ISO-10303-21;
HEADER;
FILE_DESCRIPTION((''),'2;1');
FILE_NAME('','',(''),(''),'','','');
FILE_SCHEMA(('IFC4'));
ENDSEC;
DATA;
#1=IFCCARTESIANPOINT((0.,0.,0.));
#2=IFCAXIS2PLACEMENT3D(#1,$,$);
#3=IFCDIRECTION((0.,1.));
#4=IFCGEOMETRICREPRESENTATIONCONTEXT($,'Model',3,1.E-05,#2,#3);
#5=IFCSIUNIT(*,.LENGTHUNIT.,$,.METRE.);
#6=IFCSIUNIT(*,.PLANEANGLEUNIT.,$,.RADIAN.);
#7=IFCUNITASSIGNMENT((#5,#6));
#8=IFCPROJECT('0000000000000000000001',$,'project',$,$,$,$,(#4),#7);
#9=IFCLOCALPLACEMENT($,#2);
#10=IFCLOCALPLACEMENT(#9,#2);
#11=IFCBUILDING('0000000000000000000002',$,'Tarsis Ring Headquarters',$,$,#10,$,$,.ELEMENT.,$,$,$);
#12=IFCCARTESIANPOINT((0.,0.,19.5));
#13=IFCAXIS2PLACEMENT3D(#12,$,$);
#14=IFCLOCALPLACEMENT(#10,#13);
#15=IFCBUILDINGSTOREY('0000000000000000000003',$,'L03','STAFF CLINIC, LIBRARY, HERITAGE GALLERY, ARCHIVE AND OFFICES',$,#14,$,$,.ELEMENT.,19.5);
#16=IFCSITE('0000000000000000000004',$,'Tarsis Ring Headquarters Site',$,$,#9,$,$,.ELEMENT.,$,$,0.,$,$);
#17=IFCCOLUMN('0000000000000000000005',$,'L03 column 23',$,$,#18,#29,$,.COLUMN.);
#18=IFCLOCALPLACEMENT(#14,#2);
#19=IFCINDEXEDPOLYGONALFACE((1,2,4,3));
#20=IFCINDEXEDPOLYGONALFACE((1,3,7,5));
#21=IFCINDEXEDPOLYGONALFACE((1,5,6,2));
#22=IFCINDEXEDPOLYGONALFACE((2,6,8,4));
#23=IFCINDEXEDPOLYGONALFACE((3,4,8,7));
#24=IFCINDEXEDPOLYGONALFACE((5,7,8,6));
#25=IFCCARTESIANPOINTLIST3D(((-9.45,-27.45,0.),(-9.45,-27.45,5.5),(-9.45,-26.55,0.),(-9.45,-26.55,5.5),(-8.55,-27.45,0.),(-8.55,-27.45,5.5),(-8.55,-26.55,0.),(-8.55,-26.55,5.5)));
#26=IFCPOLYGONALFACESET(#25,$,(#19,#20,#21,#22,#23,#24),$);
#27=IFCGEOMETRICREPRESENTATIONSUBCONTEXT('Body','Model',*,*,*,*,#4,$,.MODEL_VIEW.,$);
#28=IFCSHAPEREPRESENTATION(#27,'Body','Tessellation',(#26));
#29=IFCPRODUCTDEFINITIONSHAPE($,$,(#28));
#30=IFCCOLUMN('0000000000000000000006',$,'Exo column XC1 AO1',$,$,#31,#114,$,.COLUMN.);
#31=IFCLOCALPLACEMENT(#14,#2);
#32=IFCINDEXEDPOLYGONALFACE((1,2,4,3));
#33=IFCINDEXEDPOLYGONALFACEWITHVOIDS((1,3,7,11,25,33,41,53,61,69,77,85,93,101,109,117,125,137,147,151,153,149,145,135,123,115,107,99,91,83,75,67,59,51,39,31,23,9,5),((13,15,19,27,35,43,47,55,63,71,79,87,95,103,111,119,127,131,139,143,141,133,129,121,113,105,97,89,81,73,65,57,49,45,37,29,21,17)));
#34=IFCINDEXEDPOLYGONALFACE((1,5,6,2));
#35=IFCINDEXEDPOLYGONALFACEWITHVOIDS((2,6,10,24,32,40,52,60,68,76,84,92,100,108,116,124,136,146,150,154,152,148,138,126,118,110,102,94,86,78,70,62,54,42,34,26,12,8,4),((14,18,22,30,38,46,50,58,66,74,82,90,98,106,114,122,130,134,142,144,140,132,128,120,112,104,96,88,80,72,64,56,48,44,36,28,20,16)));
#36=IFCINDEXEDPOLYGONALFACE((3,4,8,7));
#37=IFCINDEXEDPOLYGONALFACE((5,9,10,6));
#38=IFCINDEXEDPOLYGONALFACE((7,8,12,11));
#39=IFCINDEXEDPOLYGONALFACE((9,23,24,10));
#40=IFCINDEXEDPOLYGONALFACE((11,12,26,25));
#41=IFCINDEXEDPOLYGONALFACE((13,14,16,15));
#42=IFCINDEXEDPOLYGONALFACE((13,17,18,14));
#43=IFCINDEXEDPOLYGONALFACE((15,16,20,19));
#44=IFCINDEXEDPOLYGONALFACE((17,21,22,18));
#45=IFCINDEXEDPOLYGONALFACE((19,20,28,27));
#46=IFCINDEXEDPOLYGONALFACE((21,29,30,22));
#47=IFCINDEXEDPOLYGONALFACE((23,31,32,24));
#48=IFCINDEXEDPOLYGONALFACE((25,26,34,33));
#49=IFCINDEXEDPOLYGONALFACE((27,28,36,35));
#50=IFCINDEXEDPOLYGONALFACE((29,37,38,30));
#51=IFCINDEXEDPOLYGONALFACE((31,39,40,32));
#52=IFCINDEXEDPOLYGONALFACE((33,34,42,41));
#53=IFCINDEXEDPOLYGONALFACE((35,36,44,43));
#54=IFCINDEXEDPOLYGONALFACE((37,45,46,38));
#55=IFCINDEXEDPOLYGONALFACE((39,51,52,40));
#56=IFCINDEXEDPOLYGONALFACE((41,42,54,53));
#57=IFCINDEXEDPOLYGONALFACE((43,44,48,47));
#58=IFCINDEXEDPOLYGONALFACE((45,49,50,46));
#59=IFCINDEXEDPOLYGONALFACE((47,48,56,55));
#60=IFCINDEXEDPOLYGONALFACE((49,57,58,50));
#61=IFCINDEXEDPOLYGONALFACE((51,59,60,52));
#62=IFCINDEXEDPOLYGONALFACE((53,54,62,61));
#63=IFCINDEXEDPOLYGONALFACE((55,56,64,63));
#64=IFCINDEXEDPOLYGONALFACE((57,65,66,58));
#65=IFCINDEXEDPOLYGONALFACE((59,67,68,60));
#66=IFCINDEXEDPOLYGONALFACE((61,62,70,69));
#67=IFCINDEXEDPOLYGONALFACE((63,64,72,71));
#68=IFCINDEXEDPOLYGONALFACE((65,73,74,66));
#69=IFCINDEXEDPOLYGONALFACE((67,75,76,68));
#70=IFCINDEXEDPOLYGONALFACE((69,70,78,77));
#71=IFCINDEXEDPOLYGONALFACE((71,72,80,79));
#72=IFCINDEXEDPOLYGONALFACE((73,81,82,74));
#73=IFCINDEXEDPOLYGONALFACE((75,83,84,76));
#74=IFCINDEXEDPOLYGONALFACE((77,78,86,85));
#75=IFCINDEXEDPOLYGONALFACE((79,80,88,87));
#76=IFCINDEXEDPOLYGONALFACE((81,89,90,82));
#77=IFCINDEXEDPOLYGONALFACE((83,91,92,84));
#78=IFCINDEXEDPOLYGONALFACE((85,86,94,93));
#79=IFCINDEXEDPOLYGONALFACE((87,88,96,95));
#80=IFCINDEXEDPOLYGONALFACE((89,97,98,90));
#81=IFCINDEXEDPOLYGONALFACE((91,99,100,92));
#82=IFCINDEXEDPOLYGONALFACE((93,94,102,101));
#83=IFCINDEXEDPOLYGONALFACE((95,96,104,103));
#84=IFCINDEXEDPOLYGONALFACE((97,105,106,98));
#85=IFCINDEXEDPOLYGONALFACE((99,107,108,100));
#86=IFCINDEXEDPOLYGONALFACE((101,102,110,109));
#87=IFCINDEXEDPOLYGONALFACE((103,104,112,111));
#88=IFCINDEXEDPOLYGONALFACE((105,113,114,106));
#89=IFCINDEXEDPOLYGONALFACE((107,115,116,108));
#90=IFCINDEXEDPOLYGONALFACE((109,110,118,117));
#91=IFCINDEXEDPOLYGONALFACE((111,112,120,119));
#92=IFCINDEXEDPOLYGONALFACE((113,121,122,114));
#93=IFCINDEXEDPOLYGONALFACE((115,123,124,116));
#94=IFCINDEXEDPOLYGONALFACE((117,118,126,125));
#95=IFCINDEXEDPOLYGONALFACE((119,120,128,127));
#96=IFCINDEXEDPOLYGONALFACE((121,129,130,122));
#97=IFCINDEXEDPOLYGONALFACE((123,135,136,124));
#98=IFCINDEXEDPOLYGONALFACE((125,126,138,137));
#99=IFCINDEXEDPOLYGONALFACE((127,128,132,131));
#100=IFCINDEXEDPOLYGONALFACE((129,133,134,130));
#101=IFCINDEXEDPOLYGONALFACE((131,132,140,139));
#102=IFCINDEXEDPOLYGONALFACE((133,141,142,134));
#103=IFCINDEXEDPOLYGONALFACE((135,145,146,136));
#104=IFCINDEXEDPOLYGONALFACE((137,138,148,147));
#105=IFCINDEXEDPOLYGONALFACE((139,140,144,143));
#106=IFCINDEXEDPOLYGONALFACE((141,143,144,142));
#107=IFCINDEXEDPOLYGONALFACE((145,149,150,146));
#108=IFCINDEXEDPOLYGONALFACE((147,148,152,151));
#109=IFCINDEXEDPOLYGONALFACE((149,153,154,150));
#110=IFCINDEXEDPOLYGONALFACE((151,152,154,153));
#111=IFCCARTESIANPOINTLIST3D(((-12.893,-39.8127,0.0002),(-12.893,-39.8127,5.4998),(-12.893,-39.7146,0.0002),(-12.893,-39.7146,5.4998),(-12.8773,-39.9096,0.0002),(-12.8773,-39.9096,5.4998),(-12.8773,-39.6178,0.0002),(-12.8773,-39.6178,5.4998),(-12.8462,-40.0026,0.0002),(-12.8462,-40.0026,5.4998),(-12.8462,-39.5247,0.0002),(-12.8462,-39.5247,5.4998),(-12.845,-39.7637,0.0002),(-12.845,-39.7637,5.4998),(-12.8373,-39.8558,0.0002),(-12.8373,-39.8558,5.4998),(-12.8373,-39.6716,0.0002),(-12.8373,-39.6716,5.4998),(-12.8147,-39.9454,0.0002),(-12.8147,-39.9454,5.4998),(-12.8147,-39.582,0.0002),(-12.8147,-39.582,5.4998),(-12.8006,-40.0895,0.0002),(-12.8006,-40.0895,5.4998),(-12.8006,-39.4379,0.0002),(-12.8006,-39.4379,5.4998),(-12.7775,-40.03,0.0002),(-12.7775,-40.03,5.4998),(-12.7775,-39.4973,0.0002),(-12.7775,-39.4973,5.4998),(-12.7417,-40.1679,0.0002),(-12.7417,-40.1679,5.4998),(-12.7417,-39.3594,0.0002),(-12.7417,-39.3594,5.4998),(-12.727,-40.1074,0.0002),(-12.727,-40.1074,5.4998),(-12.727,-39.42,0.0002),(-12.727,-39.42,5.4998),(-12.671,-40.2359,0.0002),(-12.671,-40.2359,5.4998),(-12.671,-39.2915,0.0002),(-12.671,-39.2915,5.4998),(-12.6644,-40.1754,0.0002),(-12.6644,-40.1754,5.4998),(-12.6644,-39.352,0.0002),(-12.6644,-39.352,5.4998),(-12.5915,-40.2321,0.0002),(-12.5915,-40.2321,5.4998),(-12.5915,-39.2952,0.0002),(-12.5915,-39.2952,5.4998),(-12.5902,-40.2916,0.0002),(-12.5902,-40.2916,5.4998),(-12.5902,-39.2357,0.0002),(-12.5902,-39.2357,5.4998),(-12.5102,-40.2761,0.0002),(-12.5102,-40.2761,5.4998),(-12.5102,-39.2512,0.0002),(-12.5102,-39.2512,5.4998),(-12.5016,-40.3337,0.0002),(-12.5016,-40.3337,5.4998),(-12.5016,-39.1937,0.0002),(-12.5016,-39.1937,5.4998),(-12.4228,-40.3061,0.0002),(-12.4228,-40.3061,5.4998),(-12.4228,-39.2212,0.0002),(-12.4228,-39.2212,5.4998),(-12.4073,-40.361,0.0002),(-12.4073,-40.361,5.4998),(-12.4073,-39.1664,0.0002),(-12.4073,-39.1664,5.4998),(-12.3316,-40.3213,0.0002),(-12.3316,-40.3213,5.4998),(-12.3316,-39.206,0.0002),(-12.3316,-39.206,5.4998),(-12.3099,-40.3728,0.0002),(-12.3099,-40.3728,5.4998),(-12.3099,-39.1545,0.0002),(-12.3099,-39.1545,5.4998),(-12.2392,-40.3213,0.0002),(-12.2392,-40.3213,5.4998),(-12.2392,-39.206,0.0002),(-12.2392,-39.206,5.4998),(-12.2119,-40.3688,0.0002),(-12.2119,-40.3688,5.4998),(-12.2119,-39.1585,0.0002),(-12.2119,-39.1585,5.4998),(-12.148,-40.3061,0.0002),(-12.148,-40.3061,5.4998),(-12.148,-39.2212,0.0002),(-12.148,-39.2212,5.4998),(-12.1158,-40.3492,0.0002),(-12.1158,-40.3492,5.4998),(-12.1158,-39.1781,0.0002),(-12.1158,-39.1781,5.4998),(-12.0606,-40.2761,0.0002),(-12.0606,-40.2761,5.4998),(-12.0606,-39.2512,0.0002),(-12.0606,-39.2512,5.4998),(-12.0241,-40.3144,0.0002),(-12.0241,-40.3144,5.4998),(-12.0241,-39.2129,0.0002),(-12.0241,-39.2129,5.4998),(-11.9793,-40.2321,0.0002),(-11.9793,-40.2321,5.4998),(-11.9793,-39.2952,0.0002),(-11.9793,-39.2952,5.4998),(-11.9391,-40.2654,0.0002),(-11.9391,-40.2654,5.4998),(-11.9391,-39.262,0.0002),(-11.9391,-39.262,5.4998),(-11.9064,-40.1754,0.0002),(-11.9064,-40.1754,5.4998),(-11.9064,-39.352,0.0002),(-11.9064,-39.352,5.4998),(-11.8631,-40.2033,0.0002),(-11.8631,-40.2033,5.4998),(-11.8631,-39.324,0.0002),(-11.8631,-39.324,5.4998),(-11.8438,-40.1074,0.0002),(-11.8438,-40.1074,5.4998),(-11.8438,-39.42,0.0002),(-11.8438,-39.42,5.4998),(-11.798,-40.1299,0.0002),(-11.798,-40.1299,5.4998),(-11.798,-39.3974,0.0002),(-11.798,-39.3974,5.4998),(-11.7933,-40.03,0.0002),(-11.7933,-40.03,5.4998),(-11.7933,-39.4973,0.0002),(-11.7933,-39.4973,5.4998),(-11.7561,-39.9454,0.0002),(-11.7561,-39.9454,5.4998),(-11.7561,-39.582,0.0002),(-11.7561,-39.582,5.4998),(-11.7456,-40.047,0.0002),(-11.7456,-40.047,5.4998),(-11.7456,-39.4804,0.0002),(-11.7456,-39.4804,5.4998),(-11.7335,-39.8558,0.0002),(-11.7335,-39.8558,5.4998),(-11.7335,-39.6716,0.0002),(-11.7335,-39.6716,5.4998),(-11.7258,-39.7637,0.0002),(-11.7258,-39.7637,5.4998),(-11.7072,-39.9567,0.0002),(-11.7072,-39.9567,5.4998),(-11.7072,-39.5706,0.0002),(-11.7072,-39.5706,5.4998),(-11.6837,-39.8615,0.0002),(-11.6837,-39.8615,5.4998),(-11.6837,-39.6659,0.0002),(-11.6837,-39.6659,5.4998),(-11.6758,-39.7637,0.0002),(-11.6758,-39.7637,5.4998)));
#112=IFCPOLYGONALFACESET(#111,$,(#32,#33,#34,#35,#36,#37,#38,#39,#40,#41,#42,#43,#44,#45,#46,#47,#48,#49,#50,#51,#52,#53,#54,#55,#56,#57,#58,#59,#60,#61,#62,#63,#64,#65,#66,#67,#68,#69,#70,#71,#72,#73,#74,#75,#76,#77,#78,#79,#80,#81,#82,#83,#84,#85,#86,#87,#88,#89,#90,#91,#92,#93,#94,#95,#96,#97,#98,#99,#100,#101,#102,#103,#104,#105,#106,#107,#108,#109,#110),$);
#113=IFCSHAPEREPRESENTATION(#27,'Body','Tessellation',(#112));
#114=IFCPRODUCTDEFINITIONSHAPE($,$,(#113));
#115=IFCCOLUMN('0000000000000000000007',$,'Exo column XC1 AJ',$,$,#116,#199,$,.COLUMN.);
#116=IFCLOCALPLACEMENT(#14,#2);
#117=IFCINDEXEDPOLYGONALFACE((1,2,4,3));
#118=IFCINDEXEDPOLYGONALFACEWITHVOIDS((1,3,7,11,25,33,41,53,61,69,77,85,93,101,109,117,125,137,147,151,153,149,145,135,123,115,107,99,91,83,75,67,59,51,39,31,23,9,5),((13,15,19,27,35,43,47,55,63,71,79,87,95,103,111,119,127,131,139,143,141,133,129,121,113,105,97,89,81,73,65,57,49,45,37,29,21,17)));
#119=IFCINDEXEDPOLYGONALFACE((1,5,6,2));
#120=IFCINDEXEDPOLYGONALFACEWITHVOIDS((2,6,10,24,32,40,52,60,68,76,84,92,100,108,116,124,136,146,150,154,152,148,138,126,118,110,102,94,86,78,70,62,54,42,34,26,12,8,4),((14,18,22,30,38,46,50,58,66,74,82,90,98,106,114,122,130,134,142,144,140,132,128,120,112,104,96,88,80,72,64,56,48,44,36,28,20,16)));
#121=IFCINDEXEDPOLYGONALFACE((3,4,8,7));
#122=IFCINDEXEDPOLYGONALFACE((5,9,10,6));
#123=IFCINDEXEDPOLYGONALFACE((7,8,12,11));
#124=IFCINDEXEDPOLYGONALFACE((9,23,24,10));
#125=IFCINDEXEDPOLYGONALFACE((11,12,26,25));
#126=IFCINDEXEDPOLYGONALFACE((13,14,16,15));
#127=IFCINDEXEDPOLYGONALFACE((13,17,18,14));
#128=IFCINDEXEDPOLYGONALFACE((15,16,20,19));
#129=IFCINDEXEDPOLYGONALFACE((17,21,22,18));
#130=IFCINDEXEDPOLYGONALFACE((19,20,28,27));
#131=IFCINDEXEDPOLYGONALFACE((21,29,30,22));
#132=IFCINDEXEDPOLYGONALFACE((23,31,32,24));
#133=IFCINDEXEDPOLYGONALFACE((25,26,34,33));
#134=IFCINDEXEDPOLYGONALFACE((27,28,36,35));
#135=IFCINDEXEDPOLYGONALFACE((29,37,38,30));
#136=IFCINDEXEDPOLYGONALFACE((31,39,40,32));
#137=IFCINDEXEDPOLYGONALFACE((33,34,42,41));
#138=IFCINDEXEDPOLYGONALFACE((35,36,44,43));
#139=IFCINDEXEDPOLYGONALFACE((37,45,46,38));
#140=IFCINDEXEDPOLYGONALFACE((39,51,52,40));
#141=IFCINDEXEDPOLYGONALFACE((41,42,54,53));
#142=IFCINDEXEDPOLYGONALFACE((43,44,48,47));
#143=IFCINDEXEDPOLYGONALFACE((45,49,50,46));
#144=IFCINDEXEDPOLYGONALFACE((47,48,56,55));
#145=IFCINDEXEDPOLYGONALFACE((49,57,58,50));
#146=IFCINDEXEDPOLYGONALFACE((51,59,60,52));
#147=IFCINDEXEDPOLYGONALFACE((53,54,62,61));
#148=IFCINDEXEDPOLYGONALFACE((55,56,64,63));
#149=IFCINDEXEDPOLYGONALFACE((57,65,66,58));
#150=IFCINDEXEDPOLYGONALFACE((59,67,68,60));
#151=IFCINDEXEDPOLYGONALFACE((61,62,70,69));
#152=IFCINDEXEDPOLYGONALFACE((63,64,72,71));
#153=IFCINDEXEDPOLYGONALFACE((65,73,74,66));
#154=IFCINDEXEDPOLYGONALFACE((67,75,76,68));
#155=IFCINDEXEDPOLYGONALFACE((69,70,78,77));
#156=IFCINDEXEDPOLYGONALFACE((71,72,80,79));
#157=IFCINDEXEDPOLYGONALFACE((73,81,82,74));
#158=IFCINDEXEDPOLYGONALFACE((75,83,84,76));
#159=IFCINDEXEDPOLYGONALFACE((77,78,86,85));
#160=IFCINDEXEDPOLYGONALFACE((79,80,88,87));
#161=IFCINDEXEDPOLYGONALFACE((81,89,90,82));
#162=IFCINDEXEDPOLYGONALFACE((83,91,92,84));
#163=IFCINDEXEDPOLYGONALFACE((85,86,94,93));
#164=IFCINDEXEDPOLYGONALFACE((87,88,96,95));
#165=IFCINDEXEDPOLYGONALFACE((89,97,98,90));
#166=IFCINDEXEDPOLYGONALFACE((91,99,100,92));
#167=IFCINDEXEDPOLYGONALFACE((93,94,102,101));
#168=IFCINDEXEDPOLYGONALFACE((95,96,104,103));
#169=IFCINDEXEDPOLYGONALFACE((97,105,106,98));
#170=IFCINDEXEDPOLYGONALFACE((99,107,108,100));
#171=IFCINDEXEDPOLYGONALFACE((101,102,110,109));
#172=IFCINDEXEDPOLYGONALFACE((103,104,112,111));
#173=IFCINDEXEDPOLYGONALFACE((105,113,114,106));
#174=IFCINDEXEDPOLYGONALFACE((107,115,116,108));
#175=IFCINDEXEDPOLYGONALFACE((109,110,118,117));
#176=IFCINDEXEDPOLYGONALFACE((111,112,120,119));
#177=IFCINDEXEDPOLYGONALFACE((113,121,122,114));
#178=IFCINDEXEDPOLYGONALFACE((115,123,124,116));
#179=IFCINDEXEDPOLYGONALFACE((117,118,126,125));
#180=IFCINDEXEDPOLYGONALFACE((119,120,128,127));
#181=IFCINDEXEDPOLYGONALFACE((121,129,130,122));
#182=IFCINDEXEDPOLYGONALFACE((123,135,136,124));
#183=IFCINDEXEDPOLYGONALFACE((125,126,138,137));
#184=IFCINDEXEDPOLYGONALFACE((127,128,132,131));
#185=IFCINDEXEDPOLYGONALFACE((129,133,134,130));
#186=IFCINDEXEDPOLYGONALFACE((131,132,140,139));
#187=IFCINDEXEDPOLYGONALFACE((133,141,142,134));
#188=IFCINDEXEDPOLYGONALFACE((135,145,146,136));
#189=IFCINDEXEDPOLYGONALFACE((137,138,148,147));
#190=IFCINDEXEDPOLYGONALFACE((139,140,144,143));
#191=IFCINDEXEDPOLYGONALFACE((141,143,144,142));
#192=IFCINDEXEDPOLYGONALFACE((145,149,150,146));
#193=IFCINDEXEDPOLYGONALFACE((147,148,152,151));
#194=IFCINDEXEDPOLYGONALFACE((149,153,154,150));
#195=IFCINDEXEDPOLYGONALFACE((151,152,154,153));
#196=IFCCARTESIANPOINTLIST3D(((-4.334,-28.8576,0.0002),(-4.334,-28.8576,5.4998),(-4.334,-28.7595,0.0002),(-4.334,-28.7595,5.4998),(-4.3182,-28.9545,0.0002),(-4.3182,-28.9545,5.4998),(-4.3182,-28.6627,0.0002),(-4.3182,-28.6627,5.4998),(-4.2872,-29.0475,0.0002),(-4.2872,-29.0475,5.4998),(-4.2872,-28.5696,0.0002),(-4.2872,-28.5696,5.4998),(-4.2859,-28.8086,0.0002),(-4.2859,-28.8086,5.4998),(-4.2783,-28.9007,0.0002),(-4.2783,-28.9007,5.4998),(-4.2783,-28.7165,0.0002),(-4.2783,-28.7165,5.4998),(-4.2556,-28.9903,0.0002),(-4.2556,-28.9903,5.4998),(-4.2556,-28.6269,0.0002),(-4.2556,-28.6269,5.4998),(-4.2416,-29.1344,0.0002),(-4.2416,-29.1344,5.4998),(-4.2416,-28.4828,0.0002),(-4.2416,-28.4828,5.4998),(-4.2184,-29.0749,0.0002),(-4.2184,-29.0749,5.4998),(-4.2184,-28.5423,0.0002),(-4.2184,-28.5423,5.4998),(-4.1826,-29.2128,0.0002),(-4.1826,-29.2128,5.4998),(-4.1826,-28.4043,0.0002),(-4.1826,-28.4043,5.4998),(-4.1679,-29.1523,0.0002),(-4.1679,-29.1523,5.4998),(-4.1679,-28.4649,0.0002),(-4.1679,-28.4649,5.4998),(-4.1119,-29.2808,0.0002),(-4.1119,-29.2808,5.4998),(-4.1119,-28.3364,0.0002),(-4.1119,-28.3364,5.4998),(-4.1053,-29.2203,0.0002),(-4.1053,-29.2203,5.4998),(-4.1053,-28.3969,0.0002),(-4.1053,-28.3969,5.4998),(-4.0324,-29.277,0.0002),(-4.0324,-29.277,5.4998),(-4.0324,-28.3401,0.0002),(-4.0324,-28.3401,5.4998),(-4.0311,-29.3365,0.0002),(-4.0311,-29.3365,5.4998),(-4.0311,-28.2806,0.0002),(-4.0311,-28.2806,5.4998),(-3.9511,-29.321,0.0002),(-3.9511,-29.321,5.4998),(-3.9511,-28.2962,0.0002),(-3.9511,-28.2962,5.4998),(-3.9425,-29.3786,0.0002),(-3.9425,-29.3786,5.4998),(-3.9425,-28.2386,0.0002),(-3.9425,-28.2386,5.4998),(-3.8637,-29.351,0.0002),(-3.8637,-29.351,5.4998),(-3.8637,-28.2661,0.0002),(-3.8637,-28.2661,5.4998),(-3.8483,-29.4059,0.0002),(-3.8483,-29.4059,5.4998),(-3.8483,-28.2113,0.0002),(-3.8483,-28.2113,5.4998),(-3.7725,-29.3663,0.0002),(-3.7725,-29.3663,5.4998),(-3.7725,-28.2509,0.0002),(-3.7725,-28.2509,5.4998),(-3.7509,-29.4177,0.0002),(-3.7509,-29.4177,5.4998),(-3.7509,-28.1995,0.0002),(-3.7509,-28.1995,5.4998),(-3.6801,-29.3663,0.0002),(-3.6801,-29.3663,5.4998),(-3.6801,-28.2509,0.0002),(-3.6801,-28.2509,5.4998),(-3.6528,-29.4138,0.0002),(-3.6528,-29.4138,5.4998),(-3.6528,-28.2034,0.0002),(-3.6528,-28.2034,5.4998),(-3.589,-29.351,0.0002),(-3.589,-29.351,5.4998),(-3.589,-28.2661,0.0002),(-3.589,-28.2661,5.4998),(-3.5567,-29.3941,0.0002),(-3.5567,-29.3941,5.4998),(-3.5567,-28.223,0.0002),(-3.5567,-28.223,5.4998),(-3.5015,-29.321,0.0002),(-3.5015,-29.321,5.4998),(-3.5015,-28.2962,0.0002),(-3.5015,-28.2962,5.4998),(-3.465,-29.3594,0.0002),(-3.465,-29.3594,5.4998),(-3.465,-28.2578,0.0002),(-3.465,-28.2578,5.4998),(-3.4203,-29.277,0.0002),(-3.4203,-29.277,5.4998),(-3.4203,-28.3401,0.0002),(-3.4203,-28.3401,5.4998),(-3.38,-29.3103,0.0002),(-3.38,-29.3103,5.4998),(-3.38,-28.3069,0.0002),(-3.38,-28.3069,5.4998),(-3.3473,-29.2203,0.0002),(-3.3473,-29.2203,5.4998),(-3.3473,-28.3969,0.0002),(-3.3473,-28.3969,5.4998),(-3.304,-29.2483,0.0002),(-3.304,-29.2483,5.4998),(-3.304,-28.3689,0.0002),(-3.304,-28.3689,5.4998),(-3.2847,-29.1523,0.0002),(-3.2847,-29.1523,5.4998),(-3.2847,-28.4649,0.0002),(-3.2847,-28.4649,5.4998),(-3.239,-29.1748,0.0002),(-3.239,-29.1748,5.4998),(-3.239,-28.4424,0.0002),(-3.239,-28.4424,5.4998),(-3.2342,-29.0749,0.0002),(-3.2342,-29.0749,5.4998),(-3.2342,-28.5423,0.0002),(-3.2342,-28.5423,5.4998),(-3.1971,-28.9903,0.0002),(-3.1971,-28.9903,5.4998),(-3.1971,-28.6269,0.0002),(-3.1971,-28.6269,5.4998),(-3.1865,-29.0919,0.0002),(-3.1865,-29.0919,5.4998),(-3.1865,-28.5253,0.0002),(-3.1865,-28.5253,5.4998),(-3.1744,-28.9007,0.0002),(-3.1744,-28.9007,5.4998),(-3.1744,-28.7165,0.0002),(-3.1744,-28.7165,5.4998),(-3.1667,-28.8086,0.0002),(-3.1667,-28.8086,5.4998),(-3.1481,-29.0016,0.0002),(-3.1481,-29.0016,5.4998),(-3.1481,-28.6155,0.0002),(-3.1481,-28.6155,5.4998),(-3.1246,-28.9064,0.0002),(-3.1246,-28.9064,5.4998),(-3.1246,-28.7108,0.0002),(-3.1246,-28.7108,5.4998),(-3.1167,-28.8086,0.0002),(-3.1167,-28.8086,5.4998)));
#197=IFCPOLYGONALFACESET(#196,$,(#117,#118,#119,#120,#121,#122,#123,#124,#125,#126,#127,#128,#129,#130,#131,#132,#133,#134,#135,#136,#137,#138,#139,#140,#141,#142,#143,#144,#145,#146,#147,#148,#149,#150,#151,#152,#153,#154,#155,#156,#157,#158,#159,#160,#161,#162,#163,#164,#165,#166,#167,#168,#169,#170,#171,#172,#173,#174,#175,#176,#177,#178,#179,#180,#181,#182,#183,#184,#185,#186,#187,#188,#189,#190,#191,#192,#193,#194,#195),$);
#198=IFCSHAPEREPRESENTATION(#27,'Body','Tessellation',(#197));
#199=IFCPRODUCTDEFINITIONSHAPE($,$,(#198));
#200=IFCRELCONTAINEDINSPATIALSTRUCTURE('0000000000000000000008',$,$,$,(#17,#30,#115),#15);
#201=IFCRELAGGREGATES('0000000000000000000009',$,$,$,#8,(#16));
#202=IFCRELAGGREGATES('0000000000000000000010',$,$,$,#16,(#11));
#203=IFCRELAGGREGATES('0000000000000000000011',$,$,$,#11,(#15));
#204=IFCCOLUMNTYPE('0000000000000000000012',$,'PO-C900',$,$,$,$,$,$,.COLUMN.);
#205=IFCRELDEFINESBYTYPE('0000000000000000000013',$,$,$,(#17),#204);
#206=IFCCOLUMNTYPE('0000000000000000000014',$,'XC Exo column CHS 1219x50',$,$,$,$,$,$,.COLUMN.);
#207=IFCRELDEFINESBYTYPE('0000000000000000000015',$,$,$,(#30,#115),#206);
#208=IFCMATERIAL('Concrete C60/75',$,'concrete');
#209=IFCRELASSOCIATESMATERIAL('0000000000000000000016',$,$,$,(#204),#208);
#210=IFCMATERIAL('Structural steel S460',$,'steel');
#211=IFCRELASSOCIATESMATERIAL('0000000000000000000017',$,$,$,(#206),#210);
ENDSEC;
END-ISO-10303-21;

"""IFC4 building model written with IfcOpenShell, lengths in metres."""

from ifc_helpers import new_model, si_unit, direction, frame, origin, origin_2d, place, context, subcontext, project, spatial, rectangle, hollow_circle, extrude, material, material_profile, profile_set, type_object, element, save


model = new_model("IFC4")

# Units and contexts
model_context = context("Model", 3, precision=1e-05, world=origin(), true_north=direction((0.0, 1.0)))
body_context = subcontext(model_context, "Body", "Model", "MODEL_VIEW")
ifc_project = project(units=[si_unit("LENGTHUNIT", "METRE"), si_unit("PLANEANGLEUNIT", "RADIAN")], contexts=[model_context])

# Site, building, storey
site_placement = place(None, origin())
site = spatial("IfcSite", under=ifc_project, at=site_placement, Name="Tarsis Ring Headquarters Site", CompositionType="ELEMENT", RefElevation=0.0)
building_placement = place(site_placement, origin())
building = spatial("IfcBuilding", under=site, at=building_placement, Name="Tarsis Ring Headquarters", CompositionType="ELEMENT")
storey_placement = place(building_placement, frame((0.0, 0.0, 19.5)))
storey = spatial("IfcBuildingStorey", under=building, at=storey_placement, Name="L03", Description="STAFF CLINIC, LIBRARY, HERITAGE GALLERY, ARCHIVE AND OFFICES", CompositionType="ELEMENT", Elevation=19.5)

# Columns
ifc_material_1 = material(Name="Concrete C60/75", Category="concrete")
ifc_material_profile_1 = material_profile(ifc_material_1, rectangle(XDim=0.8999, YDim=0.8999, at=origin_2d()), Name="PO-C900")
ifc_profile_set_1 = profile_set([ifc_material_profile_1], Name="Concrete C60/75")
column_type_1 = type_object("IfcColumnType", Name="PO-C900", PredefinedType="COLUMN", material=ifc_profile_set_1)
column_placement = place(storey_placement, frame((-9.0, -27.0, 0.0), z_axis=(0.0, 0.0, 1.0), x_axis=(1.0, 0.0, 0.0)))
element("IfcColumn", 1, at=column_placement, inside=storey, type_object=column_type_1, Name="L03 column 23", PredefinedType="COLUMN", context=body_context, shape_type="SweptSolid", body=[
    extrude(rectangle(XDim=0.8999, YDim=0.8999, at=origin_2d()), origin(), (0.0, 0.0, 1.0), 5.5),
])
ifc_material_2 = material(Name="Structural steel S460", Category="steel")
ifc_material_profile_2 = material_profile(ifc_material_2, hollow_circle(Radius=0.6096, WallThickness=0.05, at=origin_2d()), Name="CHS 1219x50")
ifc_profile_set_2 = profile_set([ifc_material_profile_2], Name="Structural steel S460")
column_type_2 = type_object("IfcColumnType", Name="XC Exo column CHS 1219x50", PredefinedType="COLUMN", material=ifc_profile_set_2)
for number, where, z_axis, x_axis, name in (
    (2, (-12.2854, -39.7637, 0.0002), (0.0, 0.0, 1.0), (1.0, 0.0, 0.0), "Exo column XC1 AO1"),
    (3, (-3.7263, -28.8086, 0.0002), (0.0, 0.0, 1.0), (1.0, 0.0, 0.0), "Exo column XC1 AJ"),
):
    element("IfcColumn", number, at=place(storey_placement, frame(where, z_axis=z_axis, x_axis=x_axis)), inside=storey, type_object=column_type_2, Name=name, PredefinedType="COLUMN", context=body_context, shape_type="SweptSolid", body=[
        extrude(hollow_circle(Radius=0.6096, WallThickness=0.05, at=origin_2d()), origin(), (0.0, 0.0, 1.0), 5.4995),
    ])

save(model, "model.ifc")
